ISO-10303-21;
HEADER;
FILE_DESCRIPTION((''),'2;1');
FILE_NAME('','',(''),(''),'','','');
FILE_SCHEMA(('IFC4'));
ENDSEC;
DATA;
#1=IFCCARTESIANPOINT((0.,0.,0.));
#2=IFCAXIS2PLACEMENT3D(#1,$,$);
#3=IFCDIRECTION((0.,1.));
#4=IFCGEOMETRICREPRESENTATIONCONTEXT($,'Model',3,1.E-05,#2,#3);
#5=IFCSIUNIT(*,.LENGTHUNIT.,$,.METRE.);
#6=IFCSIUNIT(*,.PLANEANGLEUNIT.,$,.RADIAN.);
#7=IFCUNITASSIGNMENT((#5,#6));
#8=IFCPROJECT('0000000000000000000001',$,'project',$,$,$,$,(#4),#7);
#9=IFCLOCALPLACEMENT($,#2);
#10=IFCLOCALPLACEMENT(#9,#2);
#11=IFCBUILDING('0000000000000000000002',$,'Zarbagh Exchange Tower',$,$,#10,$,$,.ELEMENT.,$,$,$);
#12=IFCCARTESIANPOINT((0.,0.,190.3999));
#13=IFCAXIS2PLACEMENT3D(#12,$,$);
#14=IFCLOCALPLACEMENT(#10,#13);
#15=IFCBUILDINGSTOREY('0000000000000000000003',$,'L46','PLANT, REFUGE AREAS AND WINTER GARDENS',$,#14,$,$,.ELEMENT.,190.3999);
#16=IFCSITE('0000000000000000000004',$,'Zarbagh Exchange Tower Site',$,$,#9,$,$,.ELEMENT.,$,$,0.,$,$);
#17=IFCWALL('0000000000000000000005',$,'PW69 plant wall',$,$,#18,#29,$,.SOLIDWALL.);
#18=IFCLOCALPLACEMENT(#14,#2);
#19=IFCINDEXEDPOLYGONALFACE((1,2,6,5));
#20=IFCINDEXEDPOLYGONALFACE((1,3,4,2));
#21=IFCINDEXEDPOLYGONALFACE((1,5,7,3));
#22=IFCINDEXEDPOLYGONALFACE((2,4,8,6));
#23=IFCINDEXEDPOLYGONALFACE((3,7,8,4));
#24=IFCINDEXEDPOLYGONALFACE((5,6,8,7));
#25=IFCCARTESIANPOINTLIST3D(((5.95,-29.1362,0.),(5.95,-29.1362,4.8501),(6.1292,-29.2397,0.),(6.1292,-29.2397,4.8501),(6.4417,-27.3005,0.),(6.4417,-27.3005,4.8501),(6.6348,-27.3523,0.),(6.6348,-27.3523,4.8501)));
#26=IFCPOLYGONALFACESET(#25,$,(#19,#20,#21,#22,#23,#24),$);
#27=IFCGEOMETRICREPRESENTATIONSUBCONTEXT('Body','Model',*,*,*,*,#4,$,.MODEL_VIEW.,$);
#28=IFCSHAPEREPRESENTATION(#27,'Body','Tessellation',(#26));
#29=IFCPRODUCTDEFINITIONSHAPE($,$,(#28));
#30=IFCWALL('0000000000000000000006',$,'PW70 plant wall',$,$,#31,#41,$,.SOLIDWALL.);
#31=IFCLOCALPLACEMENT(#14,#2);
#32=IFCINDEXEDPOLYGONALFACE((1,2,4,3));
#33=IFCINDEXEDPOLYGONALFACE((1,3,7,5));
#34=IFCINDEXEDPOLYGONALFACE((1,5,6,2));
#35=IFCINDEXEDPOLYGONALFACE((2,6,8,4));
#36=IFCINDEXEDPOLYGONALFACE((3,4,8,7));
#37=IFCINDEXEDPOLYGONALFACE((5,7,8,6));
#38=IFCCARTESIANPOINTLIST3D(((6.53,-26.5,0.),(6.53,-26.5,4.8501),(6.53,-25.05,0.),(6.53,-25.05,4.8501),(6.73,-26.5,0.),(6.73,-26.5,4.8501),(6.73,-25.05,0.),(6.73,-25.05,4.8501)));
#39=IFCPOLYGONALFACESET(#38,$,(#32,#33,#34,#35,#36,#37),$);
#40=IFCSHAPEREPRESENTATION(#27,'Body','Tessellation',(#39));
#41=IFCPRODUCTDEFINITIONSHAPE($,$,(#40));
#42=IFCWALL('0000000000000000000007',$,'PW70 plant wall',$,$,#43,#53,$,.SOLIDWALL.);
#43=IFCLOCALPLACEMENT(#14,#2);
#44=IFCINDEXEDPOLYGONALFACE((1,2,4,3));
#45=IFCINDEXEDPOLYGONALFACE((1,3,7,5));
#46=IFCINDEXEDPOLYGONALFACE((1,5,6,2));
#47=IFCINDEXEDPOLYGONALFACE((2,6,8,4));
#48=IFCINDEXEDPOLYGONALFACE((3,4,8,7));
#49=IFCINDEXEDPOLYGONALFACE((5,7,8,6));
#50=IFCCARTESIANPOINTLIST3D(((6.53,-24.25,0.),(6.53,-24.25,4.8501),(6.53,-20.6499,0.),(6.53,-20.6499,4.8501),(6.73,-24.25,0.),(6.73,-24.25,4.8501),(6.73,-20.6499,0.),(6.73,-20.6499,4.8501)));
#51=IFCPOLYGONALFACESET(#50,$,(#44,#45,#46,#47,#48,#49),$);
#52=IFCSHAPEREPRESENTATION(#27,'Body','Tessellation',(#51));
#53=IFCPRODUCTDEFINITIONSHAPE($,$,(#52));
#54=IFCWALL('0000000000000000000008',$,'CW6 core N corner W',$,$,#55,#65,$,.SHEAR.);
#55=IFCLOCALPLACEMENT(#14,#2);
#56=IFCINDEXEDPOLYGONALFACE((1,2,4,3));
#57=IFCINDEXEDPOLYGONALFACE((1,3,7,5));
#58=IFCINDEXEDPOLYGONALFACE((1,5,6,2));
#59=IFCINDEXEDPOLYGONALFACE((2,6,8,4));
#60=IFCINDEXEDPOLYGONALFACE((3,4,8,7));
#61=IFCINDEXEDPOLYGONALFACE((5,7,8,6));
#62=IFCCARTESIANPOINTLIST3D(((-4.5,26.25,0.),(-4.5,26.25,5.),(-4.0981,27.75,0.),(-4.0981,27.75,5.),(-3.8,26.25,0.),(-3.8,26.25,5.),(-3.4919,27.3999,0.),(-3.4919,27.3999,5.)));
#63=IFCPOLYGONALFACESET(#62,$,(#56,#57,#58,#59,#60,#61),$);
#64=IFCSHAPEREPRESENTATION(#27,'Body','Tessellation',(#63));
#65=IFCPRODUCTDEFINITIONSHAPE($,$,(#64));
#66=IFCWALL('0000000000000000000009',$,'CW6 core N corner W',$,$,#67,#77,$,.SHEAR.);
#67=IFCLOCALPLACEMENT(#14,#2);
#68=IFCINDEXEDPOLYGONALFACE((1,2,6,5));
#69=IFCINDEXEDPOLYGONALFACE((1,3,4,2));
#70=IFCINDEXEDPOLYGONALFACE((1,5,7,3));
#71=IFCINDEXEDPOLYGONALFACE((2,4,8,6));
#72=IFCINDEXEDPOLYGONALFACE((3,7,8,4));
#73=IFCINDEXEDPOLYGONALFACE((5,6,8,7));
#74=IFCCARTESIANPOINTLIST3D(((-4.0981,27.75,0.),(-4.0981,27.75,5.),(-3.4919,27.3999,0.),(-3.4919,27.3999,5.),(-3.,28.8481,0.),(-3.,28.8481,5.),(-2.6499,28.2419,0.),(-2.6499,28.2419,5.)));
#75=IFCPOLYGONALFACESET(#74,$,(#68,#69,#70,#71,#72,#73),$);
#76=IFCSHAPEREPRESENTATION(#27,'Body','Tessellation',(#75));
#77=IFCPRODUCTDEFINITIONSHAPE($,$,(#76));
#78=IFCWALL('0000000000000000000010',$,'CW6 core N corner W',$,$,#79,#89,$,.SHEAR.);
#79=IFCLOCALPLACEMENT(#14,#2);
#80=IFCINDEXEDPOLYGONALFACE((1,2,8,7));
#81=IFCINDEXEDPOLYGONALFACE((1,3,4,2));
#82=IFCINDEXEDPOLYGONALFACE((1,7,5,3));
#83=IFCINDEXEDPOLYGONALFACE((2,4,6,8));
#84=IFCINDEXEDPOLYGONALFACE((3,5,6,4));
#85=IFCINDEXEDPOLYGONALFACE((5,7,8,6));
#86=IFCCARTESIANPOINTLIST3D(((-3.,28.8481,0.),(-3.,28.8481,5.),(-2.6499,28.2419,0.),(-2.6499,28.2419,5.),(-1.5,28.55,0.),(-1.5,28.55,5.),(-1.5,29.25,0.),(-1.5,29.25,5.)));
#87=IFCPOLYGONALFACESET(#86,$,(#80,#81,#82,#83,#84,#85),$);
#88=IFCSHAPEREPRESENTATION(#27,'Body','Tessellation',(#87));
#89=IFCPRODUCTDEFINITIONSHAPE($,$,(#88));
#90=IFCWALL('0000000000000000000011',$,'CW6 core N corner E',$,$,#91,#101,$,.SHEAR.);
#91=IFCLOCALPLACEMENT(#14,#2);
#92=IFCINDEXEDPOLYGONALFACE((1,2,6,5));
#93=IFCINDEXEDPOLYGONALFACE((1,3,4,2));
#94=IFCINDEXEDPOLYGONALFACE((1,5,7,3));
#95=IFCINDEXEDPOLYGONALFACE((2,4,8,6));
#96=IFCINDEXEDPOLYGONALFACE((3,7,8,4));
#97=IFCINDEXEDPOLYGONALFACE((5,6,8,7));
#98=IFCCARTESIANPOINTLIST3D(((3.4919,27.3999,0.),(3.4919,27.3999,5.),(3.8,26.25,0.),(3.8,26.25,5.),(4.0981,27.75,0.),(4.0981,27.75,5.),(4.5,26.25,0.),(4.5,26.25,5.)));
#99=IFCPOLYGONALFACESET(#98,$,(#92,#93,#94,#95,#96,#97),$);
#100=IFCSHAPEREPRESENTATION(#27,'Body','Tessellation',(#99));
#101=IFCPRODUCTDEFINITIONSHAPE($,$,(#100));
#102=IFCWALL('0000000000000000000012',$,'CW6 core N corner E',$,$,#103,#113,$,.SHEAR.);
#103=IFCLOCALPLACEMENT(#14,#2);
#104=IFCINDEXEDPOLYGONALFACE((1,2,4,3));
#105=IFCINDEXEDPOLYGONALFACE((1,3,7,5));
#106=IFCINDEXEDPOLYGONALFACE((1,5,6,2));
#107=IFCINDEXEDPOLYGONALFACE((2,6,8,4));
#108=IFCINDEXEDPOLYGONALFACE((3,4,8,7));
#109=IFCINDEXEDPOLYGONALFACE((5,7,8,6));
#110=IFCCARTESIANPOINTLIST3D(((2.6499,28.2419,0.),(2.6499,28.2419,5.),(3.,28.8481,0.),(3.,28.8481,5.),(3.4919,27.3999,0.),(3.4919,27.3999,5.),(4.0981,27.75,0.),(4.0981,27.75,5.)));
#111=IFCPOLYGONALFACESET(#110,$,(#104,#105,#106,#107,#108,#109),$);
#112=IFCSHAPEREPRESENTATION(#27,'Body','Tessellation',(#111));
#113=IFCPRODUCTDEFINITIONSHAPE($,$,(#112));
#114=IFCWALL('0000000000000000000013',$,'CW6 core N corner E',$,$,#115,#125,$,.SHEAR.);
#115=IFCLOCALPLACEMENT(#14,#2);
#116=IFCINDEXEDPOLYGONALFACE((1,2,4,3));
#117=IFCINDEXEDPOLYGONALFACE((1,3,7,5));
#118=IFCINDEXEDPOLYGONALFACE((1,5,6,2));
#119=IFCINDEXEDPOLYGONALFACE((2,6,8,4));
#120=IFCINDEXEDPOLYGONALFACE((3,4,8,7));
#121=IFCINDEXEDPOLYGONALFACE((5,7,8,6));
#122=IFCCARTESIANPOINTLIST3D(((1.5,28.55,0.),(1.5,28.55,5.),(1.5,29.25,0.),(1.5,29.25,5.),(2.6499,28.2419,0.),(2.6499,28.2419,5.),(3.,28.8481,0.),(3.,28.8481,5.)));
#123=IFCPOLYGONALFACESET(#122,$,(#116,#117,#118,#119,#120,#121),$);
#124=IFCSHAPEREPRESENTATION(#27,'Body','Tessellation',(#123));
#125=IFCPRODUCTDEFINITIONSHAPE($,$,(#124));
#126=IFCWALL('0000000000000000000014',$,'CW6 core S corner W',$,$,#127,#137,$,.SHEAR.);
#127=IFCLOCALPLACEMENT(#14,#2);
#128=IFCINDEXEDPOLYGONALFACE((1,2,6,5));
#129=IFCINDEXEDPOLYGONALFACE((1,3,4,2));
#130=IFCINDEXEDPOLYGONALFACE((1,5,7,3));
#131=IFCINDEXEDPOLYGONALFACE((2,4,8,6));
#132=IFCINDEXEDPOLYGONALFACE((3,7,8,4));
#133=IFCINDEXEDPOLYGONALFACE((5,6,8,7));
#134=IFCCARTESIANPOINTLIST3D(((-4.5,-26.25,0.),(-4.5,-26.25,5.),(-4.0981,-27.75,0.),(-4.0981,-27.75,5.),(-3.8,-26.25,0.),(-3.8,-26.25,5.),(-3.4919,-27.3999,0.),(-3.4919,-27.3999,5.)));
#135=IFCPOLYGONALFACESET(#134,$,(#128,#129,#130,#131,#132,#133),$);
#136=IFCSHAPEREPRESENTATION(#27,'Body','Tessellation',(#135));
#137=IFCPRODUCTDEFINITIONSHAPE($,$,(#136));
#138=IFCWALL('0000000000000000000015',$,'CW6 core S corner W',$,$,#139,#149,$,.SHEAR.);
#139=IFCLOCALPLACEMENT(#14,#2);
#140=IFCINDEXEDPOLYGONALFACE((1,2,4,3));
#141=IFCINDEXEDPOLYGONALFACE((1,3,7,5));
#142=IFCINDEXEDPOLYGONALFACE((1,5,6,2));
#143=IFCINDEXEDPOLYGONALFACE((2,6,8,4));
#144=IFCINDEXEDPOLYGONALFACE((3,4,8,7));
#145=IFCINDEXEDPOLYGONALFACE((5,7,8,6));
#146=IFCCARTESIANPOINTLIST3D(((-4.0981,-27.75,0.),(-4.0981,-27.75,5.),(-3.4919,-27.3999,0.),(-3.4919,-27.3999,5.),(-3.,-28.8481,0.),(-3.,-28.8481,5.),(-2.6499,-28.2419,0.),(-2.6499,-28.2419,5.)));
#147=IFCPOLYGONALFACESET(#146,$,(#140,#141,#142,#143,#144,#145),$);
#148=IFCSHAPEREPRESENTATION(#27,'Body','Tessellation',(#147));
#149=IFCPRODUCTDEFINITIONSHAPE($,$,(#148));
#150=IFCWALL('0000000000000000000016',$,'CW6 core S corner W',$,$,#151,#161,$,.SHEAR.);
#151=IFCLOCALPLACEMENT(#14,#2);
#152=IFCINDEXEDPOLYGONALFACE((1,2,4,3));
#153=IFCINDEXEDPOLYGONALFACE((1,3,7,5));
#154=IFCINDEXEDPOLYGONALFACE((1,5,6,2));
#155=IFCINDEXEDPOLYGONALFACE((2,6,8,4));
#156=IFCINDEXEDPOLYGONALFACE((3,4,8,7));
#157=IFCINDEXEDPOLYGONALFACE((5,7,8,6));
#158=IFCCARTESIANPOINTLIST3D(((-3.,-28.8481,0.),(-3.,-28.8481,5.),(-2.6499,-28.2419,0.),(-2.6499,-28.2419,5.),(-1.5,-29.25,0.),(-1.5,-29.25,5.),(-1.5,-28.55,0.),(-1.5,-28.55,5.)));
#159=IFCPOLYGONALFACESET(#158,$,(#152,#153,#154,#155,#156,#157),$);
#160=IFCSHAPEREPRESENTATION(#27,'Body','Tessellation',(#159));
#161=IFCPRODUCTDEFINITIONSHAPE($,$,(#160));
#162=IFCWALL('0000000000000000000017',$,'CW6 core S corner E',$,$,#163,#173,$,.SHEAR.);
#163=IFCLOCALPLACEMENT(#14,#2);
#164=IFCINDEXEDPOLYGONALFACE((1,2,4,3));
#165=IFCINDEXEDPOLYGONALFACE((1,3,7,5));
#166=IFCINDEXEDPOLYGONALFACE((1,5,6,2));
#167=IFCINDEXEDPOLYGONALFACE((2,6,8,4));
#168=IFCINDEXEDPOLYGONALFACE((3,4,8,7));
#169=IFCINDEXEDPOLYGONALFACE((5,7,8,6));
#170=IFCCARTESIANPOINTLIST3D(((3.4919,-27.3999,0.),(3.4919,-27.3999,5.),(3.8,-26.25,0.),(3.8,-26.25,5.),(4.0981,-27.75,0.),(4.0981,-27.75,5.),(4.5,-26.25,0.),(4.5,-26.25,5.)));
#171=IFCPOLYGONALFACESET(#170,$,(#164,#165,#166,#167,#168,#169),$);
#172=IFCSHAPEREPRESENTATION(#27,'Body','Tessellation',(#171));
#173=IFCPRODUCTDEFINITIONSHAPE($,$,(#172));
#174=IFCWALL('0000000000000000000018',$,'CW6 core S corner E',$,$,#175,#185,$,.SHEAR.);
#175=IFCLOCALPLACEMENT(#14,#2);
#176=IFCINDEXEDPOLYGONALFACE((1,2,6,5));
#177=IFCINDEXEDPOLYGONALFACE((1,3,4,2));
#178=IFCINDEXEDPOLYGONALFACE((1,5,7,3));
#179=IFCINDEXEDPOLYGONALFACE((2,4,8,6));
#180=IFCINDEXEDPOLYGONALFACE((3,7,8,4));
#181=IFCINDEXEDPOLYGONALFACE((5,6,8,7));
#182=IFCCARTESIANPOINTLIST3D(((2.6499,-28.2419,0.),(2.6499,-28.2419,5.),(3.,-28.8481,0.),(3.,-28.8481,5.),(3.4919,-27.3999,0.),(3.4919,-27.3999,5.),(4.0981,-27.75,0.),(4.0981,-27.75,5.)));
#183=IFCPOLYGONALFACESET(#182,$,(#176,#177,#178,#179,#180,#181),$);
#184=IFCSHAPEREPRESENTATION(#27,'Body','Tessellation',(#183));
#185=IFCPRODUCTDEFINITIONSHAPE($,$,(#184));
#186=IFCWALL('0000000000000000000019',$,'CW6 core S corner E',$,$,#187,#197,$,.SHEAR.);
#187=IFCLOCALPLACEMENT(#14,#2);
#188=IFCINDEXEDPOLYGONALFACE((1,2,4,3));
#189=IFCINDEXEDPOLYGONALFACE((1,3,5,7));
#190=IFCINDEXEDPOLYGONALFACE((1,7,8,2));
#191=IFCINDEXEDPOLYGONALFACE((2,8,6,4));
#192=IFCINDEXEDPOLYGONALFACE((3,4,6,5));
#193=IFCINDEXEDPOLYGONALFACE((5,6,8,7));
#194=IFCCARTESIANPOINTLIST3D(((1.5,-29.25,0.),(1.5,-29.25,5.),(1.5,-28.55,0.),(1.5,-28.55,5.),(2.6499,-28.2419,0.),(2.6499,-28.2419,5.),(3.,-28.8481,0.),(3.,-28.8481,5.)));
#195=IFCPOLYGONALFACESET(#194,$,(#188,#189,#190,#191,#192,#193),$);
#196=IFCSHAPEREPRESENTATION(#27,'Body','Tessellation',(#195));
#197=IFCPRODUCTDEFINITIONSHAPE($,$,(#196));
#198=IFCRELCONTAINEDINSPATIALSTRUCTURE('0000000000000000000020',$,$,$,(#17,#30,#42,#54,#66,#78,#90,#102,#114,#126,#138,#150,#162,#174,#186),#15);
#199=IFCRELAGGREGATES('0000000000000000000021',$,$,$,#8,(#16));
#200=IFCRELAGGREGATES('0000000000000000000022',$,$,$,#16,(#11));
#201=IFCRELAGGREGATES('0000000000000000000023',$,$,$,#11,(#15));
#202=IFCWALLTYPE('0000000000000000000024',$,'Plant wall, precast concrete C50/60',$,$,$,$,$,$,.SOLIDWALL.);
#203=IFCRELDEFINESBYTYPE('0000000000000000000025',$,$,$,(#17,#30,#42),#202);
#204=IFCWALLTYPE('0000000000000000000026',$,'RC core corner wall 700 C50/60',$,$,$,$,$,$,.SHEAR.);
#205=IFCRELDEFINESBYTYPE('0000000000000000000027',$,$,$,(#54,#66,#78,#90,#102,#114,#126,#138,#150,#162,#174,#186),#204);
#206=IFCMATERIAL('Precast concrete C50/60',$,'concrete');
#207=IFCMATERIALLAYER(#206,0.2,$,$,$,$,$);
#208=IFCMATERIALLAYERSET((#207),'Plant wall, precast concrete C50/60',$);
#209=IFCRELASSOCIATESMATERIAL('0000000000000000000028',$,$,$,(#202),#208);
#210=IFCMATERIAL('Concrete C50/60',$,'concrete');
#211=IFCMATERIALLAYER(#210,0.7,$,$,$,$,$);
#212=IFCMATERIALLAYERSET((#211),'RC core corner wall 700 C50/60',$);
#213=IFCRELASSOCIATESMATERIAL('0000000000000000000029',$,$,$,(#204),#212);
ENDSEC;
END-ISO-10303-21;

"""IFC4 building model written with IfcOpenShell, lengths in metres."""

from ifc_helpers import new_model, si_unit, direction, frame, origin, place, context, subcontext, project, spatial, polyline, outline, extrude, material, layer, layer_set, type_object, element, save


model = new_model("IFC4")

# Units and contexts
model_context = context("Model", 3, precision=1e-05, world=origin(), true_north=direction((0.0, 1.0)))
body_context = subcontext(model_context, "Body", "Model", "MODEL_VIEW")
ifc_project = project(units=[si_unit("LENGTHUNIT", "METRE"), si_unit("PLANEANGLEUNIT", "RADIAN")], contexts=[model_context])

# Site, building, storey
site_placement = place(None, origin())
site = spatial("IfcSite", under=ifc_project, at=site_placement, Name="Zarbagh Exchange Tower Site", CompositionType="ELEMENT", RefElevation=0.0)
building_placement = place(site_placement, origin())
building = spatial("IfcBuilding", under=site, at=building_placement, Name="Zarbagh Exchange Tower", CompositionType="ELEMENT")
storey_placement = place(building_placement, frame((0.0, 0.0, 190.3999)))
storey = spatial("IfcBuildingStorey", under=building, at=storey_placement, Name="L46", Description="PLANT, REFUGE AREAS AND WINTER GARDENS", CompositionType="ELEMENT", Elevation=190.3999)

# Walls
ifc_material_1 = material(Name="Precast concrete C50/60", Category="concrete")
ifc_layer_1 = layer(ifc_material_1, 0.2)
ifc_layer_set_1 = layer_set([ifc_layer_1], Name="Plant wall, precast concrete C50/60")
wall_type_1 = type_object("IfcWallType", Name="Plant wall, precast concrete C50/60", PredefinedType="SOLIDWALL", material=ifc_layer_set_1)
wall_1_placement = place(storey_placement, origin())
element("IfcWall", 1, at=wall_1_placement, inside=storey, type_object=wall_type_1, Name="PW69 plant wall", PredefinedType="SOLIDWALL", context=body_context, shape_type="SweptSolid", body=[
    extrude(outline(polyline([(6.1292, -29.2397), (6.6348, -27.3523), (6.4417, -27.3005), (5.95, -29.1362), (6.1292, -29.2397)])), origin(), (0.0, 0.0, 1.0), 4.8501),
])
wall_2_placement = place(storey_placement, origin())
element("IfcWall", 2, at=wall_2_placement, inside=storey, type_object=wall_type_1, Name="PW70 plant wall", PredefinedType="SOLIDWALL", context=body_context, shape_type="SweptSolid", body=[
    extrude(outline(polyline([(6.73, -26.5), (6.73, -25.05), (6.53, -25.05), (6.53, -26.5), (6.73, -26.5)])), origin(), (0.0, 0.0, 1.0), 4.8501),
])
wall_3_placement = place(storey_placement, origin())
element("IfcWall", 3, at=wall_3_placement, inside=storey, type_object=wall_type_1, Name="PW70 plant wall", PredefinedType="SOLIDWALL", context=body_context, shape_type="SweptSolid", body=[
    extrude(outline(polyline([(6.73, -24.25), (6.73, -20.6499), (6.53, -20.6499), (6.53, -24.25), (6.73, -24.25)])), origin(), (0.0, 0.0, 1.0), 4.8501),
])
ifc_material_2 = material(Name="Concrete C50/60", Category="concrete")
ifc_layer_2 = layer(ifc_material_2, 0.7)
ifc_layer_set_2 = layer_set([ifc_layer_2], Name="RC core corner wall 700 C50/60")
wall_type_2 = type_object("IfcWallType", Name="RC core corner wall 700 C50/60", PredefinedType="SHEAR", material=ifc_layer_set_2)
wall_4_placement = place(storey_placement, origin())
element("IfcWall", 4, at=wall_4_placement, inside=storey, type_object=wall_type_2, Name="CW6 core N corner W", PredefinedType="SHEAR", context=body_context, shape_type="SweptSolid", body=[
    extrude(outline(polyline([(-4.5, 26.25), (-4.0981, 27.75), (-3.4919, 27.3999), (-3.8, 26.25), (-4.5, 26.25)])), origin(), (0.0, 0.0, 1.0), 5.0),
])
wall_5_placement = place(storey_placement, origin())
element("IfcWall", 5, at=wall_5_placement, inside=storey, type_object=wall_type_2, Name="CW6 core N corner W", PredefinedType="SHEAR", context=body_context, shape_type="SweptSolid", body=[
    extrude(outline(polyline([(-4.0981, 27.75), (-3.0, 28.8481), (-2.6499, 28.2419), (-3.4919, 27.3999), (-4.0981, 27.75)])), origin(), (0.0, 0.0, 1.0), 5.0),
])
wall_6_placement = place(storey_placement, origin())
element("IfcWall", 6, at=wall_6_placement, inside=storey, type_object=wall_type_2, Name="CW6 core N corner W", PredefinedType="SHEAR", context=body_context, shape_type="SweptSolid", body=[
    extrude(outline(polyline([(-3.0, 28.8481), (-1.5, 29.25), (-1.5, 28.55), (-2.6499, 28.2419), (-3.0, 28.8481)])), origin(), (0.0, 0.0, 1.0), 5.0),
])
wall_7_placement = place(storey_placement, origin())
element("IfcWall", 7, at=wall_7_placement, inside=storey, type_object=wall_type_2, Name="CW6 core N corner E", PredefinedType="SHEAR", context=body_context, shape_type="SweptSolid", body=[
    extrude(outline(polyline([(4.5, 26.25), (4.0981, 27.75), (3.4919, 27.3999), (3.8, 26.25), (4.5, 26.25)])), origin(), (0.0, 0.0, 1.0), 5.0),
])
wall_8_placement = place(storey_placement, origin())
element("IfcWall", 8, at=wall_8_placement, inside=storey, type_object=wall_type_2, Name="CW6 core N corner E", PredefinedType="SHEAR", context=body_context, shape_type="SweptSolid", body=[
    extrude(outline(polyline([(4.0981, 27.75), (3.0, 28.8481), (2.6499, 28.2419), (3.4919, 27.3999), (4.0981, 27.75)])), origin(), (0.0, 0.0, 1.0), 5.0),
])
wall_9_placement = place(storey_placement, origin())
element("IfcWall", 9, at=wall_9_placement, inside=storey, type_object=wall_type_2, Name="CW6 core N corner E", PredefinedType="SHEAR", context=body_context, shape_type="SweptSolid", body=[
    extrude(outline(polyline([(3.0, 28.8481), (1.5, 29.25), (1.5, 28.55), (2.6499, 28.2419), (3.0, 28.8481)])), origin(), (0.0, 0.0, 1.0), 5.0),
])
wall_10_placement = place(storey_placement, origin())
element("IfcWall", 10, at=wall_10_placement, inside=storey, type_object=wall_type_2, Name="CW6 core S corner W", PredefinedType="SHEAR", context=body_context, shape_type="SweptSolid", body=[
    extrude(outline(polyline([(-4.5, -26.25), (-4.0981, -27.75), (-3.4919, -27.3999), (-3.8, -26.25), (-4.5, -26.25)])), origin(), (0.0, 0.0, 1.0), 5.0),
])
wall_11_placement = place(storey_placement, origin())
element("IfcWall", 11, at=wall_11_placement, inside=storey, type_object=wall_type_2, Name="CW6 core S corner W", PredefinedType="SHEAR", context=body_context, shape_type="SweptSolid", body=[
    extrude(outline(polyline([(-4.0981, -27.75), (-3.0, -28.8481), (-2.6499, -28.2419), (-3.4919, -27.3999), (-4.0981, -27.75)])), origin(), (0.0, 0.0, 1.0), 5.0),
])
wall_12_placement = place(storey_placement, origin())
element("IfcWall", 12, at=wall_12_placement, inside=storey, type_object=wall_type_2, Name="CW6 core S corner W", PredefinedType="SHEAR", context=body_context, shape_type="SweptSolid", body=[
    extrude(outline(polyline([(-3.0, -28.8481), (-1.5, -29.25), (-1.5, -28.55), (-2.6499, -28.2419), (-3.0, -28.8481)])), origin(), (0.0, 0.0, 1.0), 5.0),
])
wall_13_placement = place(storey_placement, origin())
element("IfcWall", 13, at=wall_13_placement, inside=storey, type_object=wall_type_2, Name="CW6 core S corner E", PredefinedType="SHEAR", context=body_context, shape_type="SweptSolid", body=[
    extrude(outline(polyline([(4.5, -26.25), (4.0981, -27.75), (3.4919, -27.3999), (3.8, -26.25), (4.5, -26.25)])), origin(), (0.0, 0.0, 1.0), 5.0),
])
wall_14_placement = place(storey_placement, origin())
element("IfcWall", 14, at=wall_14_placement, inside=storey, type_object=wall_type_2, Name="CW6 core S corner E", PredefinedType="SHEAR", context=body_context, shape_type="SweptSolid", body=[
    extrude(outline(polyline([(4.0981, -27.75), (3.0, -28.8481), (2.6499, -28.2419), (3.4919, -27.3999), (4.0981, -27.75)])), origin(), (0.0, 0.0, 1.0), 5.0),
])
wall_15_placement = place(storey_placement, origin())
element("IfcWall", 15, at=wall_15_placement, inside=storey, type_object=wall_type_2, Name="CW6 core S corner E", PredefinedType="SHEAR", context=body_context, shape_type="SweptSolid", body=[
    extrude(outline(polyline([(3.0, -28.8481), (1.5, -29.25), (1.5, -28.55), (2.6499, -28.2419), (3.0, -28.8481)])), origin(), (0.0, 0.0, 1.0), 5.0),
])

save(model, "model.ifc")
